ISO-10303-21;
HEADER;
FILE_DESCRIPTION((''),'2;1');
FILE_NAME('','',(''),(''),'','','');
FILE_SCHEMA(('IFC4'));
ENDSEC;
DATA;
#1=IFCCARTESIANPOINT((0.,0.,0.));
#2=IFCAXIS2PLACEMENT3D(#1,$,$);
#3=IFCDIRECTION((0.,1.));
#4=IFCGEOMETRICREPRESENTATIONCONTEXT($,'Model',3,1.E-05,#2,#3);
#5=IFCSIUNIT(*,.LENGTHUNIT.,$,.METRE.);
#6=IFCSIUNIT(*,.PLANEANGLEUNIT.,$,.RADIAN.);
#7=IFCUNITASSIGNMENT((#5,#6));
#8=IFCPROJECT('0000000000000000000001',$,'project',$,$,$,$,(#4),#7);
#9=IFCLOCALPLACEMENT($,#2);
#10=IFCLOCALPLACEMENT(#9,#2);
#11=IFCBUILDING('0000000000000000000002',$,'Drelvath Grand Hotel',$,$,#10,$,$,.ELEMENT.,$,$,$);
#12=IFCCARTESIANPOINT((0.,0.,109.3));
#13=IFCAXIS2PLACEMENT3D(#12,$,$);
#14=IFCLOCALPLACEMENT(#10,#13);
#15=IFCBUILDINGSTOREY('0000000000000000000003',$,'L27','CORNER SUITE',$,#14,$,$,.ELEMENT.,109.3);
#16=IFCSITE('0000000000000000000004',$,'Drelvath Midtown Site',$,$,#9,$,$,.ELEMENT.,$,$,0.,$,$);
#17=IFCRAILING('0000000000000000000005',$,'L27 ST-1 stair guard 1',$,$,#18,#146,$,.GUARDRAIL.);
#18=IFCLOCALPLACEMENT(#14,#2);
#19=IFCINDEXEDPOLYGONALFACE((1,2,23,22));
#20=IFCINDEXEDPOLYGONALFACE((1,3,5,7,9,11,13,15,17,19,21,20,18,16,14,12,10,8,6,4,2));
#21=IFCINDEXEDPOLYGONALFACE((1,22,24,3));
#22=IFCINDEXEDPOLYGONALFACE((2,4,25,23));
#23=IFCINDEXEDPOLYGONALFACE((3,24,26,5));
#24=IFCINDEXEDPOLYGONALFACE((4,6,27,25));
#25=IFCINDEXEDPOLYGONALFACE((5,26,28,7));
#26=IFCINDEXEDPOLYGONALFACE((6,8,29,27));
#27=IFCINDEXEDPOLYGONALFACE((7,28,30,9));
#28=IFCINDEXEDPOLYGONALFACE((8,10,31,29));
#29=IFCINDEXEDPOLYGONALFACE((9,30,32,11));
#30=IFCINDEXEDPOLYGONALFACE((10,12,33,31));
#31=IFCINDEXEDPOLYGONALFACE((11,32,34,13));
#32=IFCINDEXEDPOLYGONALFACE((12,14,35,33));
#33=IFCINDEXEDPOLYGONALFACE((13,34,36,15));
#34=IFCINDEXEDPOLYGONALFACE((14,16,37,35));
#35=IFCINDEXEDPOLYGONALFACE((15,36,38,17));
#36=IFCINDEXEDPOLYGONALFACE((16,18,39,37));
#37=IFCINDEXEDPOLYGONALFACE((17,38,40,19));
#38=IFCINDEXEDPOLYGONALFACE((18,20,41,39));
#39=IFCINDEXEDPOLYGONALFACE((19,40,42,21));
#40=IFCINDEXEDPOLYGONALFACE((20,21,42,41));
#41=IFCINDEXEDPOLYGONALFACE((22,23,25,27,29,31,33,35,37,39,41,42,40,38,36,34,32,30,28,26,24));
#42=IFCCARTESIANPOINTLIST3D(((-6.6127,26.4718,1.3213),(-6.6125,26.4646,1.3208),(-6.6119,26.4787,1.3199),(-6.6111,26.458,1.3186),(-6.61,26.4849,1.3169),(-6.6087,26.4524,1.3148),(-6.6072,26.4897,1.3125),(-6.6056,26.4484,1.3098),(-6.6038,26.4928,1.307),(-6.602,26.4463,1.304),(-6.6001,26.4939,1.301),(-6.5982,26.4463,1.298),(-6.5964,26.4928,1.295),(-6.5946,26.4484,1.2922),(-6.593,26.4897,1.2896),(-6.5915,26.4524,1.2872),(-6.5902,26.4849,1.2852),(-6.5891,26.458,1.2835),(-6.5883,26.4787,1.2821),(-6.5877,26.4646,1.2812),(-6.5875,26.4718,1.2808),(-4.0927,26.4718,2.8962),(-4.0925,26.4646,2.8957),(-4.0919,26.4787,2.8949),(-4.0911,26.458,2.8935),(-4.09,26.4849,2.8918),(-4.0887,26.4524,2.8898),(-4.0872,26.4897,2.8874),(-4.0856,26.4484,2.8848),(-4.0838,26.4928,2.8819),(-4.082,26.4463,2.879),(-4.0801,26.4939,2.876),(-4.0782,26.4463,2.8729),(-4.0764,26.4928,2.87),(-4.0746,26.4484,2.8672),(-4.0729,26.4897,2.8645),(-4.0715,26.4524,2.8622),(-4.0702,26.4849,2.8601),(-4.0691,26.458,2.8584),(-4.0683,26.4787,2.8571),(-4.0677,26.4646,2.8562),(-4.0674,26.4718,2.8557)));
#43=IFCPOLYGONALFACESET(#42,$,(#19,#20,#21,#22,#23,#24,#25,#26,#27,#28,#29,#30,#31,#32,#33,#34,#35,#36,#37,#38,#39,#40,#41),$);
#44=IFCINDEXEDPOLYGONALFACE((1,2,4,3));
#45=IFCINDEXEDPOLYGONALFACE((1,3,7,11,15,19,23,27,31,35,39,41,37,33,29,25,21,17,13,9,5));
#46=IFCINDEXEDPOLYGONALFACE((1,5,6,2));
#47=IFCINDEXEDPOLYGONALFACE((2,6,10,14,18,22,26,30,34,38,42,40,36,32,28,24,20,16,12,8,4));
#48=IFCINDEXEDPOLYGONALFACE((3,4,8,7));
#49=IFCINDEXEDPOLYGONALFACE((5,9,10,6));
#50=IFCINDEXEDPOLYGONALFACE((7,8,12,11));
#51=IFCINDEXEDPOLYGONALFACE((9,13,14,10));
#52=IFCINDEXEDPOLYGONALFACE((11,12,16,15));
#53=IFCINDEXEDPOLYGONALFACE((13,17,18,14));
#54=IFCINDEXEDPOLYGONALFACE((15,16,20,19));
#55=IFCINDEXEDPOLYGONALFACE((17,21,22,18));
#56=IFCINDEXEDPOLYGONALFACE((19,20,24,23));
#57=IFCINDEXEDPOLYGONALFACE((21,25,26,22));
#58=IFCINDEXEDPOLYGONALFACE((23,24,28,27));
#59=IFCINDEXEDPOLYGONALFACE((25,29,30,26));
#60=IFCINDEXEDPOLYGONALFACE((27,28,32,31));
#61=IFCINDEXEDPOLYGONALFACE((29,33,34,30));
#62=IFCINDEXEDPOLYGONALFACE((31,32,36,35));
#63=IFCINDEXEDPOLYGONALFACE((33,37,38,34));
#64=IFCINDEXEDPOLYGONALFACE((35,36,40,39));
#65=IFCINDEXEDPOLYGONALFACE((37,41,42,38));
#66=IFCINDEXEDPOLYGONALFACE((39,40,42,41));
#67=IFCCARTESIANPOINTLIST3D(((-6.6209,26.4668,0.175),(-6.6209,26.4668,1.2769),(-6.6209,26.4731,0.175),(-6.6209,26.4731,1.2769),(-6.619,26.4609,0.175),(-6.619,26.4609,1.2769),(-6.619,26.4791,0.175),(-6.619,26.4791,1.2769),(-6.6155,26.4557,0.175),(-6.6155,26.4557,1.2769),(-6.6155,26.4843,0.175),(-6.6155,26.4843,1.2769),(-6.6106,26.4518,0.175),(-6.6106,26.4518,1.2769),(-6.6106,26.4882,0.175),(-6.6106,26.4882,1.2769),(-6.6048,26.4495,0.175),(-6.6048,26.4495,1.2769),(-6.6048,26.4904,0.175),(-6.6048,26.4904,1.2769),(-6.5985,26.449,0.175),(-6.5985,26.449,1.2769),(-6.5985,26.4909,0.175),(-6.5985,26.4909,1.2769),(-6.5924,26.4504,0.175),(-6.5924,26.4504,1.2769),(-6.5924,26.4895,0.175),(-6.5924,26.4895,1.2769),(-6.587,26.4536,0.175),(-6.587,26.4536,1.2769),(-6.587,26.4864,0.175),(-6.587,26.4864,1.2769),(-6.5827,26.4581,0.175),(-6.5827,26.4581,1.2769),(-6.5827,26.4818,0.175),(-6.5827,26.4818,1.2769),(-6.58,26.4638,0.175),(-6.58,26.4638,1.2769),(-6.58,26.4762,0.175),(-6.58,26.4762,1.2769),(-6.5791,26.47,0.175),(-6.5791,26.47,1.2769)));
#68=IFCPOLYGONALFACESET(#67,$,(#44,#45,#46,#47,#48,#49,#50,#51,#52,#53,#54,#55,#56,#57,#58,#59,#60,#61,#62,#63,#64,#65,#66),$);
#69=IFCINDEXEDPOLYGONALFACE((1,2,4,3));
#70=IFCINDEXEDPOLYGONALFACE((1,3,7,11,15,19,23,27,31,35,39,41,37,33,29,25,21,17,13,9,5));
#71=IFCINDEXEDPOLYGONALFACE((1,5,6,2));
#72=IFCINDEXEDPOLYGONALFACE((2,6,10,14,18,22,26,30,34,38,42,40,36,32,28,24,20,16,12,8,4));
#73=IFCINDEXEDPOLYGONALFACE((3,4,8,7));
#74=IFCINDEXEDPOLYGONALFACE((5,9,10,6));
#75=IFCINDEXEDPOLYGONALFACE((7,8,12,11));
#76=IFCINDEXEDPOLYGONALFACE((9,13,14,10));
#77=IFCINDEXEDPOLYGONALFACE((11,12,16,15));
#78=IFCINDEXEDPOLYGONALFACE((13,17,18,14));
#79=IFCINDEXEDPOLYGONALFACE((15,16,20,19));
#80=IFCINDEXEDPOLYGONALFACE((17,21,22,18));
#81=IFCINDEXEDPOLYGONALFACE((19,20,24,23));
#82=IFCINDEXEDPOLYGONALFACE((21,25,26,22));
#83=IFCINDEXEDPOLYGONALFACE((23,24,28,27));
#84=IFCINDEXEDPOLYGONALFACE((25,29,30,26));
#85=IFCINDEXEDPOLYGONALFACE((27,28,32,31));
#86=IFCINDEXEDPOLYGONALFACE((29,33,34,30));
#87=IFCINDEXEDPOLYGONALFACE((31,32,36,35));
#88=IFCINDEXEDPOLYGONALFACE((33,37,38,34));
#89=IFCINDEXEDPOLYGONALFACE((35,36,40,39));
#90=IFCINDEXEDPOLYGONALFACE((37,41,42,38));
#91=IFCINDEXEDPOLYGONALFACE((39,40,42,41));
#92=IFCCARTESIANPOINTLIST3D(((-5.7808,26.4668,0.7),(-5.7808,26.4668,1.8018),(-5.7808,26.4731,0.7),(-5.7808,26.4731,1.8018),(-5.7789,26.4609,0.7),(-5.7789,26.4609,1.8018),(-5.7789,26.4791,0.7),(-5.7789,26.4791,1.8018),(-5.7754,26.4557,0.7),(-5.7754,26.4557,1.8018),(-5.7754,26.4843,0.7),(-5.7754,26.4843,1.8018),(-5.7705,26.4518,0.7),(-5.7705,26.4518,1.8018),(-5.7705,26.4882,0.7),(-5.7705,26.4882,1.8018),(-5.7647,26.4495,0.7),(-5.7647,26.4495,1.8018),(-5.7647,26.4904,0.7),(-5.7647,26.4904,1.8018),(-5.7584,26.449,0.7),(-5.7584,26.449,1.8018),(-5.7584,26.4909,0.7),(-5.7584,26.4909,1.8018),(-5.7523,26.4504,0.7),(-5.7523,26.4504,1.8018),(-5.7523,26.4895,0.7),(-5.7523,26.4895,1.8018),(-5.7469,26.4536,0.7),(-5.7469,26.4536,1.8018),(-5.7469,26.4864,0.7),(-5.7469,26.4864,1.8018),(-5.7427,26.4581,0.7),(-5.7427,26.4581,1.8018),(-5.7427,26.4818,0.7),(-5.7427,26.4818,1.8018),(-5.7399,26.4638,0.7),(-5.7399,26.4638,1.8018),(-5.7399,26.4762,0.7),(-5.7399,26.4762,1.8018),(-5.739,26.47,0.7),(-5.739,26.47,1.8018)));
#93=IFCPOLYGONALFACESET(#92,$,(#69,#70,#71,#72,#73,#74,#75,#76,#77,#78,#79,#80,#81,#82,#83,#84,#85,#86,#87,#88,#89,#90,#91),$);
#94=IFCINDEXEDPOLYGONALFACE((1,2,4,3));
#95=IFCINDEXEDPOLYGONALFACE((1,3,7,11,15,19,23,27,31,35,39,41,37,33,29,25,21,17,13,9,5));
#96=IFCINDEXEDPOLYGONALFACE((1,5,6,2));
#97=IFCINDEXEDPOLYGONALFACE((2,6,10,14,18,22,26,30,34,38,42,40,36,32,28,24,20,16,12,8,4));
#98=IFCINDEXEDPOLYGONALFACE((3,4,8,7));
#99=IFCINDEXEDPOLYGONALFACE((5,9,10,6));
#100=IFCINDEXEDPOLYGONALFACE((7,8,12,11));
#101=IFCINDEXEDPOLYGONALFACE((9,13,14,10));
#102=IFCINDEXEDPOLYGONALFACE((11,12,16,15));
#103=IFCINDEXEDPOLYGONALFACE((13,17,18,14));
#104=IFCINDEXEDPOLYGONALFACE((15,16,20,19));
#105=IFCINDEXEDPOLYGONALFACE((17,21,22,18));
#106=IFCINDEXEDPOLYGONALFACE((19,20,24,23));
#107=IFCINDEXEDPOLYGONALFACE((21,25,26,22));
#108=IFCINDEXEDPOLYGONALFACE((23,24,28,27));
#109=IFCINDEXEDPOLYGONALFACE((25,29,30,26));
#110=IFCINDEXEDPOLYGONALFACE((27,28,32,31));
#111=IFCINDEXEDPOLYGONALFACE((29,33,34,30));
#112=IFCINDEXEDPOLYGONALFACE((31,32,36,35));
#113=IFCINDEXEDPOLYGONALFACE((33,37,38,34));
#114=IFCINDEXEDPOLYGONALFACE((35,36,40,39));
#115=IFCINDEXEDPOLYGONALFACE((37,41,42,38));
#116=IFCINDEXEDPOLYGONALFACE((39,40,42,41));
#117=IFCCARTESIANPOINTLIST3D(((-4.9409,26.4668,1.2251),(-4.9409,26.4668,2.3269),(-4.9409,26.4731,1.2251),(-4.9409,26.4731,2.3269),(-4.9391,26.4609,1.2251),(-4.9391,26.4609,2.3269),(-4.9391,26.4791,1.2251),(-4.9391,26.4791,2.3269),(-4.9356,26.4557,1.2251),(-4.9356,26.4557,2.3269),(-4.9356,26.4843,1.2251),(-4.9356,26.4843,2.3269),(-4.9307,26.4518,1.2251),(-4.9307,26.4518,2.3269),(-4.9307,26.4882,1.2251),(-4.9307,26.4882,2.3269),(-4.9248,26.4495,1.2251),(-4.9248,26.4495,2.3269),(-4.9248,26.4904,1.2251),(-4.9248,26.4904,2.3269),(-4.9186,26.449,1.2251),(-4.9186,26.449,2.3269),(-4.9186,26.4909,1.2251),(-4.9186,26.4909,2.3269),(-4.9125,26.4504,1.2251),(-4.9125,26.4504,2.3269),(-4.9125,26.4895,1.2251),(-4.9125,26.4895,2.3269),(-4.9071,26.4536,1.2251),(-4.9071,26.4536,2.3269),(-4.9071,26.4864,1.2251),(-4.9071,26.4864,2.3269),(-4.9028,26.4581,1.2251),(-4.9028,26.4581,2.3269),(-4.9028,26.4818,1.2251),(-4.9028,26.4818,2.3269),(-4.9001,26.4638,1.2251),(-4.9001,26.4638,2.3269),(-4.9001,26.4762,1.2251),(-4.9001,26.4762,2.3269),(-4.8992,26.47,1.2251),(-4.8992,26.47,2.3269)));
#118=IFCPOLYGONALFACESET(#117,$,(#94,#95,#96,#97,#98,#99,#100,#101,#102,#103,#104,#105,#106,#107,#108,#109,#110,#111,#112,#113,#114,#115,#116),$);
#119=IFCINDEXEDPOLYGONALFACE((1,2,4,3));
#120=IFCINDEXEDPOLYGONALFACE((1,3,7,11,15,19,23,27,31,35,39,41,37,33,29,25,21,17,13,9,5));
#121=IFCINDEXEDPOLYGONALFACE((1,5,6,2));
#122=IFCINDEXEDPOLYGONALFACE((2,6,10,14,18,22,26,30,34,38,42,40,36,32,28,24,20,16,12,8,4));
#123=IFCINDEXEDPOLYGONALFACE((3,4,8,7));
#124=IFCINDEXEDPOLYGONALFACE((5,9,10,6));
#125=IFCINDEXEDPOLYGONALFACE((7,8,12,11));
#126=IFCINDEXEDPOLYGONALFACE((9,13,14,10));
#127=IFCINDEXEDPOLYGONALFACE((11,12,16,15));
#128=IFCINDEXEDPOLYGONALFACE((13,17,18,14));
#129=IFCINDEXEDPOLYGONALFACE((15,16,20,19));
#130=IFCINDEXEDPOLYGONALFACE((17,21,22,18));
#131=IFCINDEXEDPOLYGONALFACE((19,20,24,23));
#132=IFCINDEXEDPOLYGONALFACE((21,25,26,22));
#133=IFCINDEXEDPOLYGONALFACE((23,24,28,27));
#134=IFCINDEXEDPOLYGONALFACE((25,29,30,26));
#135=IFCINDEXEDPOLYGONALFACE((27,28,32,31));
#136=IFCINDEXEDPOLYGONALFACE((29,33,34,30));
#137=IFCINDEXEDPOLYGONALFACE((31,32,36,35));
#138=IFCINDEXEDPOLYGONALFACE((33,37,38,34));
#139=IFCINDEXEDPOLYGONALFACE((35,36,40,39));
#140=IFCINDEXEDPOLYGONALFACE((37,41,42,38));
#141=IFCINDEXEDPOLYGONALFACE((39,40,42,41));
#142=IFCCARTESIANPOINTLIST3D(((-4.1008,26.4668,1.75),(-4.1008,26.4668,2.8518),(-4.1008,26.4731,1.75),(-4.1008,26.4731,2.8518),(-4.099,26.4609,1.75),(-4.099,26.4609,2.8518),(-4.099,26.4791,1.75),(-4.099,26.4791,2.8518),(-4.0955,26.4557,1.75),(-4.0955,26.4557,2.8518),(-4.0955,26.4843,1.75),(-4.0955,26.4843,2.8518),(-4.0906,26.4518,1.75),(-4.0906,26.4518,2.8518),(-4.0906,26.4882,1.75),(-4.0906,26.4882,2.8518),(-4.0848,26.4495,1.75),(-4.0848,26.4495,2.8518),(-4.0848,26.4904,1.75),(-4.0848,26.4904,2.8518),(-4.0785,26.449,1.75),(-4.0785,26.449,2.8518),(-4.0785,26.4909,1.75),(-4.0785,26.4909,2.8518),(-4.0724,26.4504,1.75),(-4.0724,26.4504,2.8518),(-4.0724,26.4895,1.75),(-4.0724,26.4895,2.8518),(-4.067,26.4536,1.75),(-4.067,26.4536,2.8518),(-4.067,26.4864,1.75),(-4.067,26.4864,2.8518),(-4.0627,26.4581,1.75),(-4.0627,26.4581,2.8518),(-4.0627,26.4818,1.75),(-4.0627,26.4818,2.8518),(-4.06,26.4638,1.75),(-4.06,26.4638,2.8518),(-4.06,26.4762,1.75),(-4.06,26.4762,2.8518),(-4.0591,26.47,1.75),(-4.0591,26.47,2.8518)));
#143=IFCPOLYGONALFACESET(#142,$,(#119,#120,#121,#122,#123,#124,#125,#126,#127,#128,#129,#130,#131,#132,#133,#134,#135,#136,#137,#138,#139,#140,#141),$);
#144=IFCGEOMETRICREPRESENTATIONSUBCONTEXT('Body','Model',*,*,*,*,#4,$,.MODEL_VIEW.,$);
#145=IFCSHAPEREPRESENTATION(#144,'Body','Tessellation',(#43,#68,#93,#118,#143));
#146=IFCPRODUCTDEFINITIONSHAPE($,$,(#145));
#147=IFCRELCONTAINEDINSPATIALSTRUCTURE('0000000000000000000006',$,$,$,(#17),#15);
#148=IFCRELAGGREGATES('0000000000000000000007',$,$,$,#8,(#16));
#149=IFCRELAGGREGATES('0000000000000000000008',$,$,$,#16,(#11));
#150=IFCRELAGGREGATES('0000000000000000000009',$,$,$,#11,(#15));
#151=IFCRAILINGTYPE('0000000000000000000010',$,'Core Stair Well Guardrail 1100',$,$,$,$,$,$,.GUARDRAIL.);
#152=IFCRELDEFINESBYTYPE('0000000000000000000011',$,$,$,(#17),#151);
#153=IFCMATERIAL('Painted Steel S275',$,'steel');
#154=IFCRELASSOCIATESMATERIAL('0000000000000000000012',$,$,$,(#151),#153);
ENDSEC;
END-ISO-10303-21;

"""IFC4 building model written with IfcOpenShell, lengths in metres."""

from ifc_helpers import new_model, si_unit, direction, frame, origin, origin_2d, place, context, subcontext, project, spatial, circle, extrude, material, type_object, element, save


model = new_model("IFC4")

# Units and contexts
model_context = context("Model", 3, precision=1e-05, world=origin(), true_north=direction((0.0, 1.0)))
body_context = subcontext(model_context, "Body", "Model", "MODEL_VIEW")
ifc_project = project(units=[si_unit("LENGTHUNIT", "METRE"), si_unit("PLANEANGLEUNIT", "RADIAN")], contexts=[model_context])

# Site, building, storey
site_placement = place(None, origin())
site = spatial("IfcSite", under=ifc_project, at=site_placement, Name="Drelvath Midtown Site", CompositionType="ELEMENT", RefElevation=0.0)
building_placement = place(site_placement, origin())
building = spatial("IfcBuilding", under=site, at=building_placement, Name="Drelvath Grand Hotel", CompositionType="ELEMENT")
storey_placement = place(building_placement, frame((0.0, 0.0, 109.3)))
storey = spatial("IfcBuildingStorey", under=building, at=storey_placement, Name="L27", Description="CORNER SUITE", CompositionType="ELEMENT", Elevation=109.3)

# Shared definitions
ifc_material_1 = material(Name="Painted Steel S275", Category="steel")

# Railing
railing_type_1 = type_object("IfcRailingType", Name="Core Stair Well Guardrail 1100", PredefinedType="GUARDRAIL", material=ifc_material_1)
railing_1_placement = place(storey_placement, frame((-6.6001, 26.47, 0.175)))
element("IfcRailing", 1, at=railing_1_placement, inside=storey, type_object=railing_type_1, Name="L27 ST-1 stair guard 1", PredefinedType="GUARDRAIL", context=body_context, shape_type="SweptSolid", body=[
    extrude(circle(Radius=0.0239, at=origin_2d()), frame((0.0, 0.0, 1.126), z_axis=(0.848008, 0.0, 0.529984), x_axis=(0.0, 1.0, 0.0)), (0.0, 0.0, 1.0), 2.9717),
    extrude(circle(Radius=0.021, at=origin_2d()), origin(), (0.0, 0.0, 1.0), 1.1018),
    extrude(circle(Radius=0.021, at=origin_2d()), frame((0.8401, 0.0, 0.5249)), (0.0, 0.0, 1.0), 1.1018),
    extrude(circle(Radius=0.021, at=origin_2d()), frame((1.6799, 0.0, 1.05)), (0.0, 0.0, 1.0), 1.1018),
    extrude(circle(Radius=0.021, at=origin_2d()), frame((2.52, 0.0, 1.575)), (0.0, 0.0, 1.0), 1.1018),
])

save(model, "model.ifc")
